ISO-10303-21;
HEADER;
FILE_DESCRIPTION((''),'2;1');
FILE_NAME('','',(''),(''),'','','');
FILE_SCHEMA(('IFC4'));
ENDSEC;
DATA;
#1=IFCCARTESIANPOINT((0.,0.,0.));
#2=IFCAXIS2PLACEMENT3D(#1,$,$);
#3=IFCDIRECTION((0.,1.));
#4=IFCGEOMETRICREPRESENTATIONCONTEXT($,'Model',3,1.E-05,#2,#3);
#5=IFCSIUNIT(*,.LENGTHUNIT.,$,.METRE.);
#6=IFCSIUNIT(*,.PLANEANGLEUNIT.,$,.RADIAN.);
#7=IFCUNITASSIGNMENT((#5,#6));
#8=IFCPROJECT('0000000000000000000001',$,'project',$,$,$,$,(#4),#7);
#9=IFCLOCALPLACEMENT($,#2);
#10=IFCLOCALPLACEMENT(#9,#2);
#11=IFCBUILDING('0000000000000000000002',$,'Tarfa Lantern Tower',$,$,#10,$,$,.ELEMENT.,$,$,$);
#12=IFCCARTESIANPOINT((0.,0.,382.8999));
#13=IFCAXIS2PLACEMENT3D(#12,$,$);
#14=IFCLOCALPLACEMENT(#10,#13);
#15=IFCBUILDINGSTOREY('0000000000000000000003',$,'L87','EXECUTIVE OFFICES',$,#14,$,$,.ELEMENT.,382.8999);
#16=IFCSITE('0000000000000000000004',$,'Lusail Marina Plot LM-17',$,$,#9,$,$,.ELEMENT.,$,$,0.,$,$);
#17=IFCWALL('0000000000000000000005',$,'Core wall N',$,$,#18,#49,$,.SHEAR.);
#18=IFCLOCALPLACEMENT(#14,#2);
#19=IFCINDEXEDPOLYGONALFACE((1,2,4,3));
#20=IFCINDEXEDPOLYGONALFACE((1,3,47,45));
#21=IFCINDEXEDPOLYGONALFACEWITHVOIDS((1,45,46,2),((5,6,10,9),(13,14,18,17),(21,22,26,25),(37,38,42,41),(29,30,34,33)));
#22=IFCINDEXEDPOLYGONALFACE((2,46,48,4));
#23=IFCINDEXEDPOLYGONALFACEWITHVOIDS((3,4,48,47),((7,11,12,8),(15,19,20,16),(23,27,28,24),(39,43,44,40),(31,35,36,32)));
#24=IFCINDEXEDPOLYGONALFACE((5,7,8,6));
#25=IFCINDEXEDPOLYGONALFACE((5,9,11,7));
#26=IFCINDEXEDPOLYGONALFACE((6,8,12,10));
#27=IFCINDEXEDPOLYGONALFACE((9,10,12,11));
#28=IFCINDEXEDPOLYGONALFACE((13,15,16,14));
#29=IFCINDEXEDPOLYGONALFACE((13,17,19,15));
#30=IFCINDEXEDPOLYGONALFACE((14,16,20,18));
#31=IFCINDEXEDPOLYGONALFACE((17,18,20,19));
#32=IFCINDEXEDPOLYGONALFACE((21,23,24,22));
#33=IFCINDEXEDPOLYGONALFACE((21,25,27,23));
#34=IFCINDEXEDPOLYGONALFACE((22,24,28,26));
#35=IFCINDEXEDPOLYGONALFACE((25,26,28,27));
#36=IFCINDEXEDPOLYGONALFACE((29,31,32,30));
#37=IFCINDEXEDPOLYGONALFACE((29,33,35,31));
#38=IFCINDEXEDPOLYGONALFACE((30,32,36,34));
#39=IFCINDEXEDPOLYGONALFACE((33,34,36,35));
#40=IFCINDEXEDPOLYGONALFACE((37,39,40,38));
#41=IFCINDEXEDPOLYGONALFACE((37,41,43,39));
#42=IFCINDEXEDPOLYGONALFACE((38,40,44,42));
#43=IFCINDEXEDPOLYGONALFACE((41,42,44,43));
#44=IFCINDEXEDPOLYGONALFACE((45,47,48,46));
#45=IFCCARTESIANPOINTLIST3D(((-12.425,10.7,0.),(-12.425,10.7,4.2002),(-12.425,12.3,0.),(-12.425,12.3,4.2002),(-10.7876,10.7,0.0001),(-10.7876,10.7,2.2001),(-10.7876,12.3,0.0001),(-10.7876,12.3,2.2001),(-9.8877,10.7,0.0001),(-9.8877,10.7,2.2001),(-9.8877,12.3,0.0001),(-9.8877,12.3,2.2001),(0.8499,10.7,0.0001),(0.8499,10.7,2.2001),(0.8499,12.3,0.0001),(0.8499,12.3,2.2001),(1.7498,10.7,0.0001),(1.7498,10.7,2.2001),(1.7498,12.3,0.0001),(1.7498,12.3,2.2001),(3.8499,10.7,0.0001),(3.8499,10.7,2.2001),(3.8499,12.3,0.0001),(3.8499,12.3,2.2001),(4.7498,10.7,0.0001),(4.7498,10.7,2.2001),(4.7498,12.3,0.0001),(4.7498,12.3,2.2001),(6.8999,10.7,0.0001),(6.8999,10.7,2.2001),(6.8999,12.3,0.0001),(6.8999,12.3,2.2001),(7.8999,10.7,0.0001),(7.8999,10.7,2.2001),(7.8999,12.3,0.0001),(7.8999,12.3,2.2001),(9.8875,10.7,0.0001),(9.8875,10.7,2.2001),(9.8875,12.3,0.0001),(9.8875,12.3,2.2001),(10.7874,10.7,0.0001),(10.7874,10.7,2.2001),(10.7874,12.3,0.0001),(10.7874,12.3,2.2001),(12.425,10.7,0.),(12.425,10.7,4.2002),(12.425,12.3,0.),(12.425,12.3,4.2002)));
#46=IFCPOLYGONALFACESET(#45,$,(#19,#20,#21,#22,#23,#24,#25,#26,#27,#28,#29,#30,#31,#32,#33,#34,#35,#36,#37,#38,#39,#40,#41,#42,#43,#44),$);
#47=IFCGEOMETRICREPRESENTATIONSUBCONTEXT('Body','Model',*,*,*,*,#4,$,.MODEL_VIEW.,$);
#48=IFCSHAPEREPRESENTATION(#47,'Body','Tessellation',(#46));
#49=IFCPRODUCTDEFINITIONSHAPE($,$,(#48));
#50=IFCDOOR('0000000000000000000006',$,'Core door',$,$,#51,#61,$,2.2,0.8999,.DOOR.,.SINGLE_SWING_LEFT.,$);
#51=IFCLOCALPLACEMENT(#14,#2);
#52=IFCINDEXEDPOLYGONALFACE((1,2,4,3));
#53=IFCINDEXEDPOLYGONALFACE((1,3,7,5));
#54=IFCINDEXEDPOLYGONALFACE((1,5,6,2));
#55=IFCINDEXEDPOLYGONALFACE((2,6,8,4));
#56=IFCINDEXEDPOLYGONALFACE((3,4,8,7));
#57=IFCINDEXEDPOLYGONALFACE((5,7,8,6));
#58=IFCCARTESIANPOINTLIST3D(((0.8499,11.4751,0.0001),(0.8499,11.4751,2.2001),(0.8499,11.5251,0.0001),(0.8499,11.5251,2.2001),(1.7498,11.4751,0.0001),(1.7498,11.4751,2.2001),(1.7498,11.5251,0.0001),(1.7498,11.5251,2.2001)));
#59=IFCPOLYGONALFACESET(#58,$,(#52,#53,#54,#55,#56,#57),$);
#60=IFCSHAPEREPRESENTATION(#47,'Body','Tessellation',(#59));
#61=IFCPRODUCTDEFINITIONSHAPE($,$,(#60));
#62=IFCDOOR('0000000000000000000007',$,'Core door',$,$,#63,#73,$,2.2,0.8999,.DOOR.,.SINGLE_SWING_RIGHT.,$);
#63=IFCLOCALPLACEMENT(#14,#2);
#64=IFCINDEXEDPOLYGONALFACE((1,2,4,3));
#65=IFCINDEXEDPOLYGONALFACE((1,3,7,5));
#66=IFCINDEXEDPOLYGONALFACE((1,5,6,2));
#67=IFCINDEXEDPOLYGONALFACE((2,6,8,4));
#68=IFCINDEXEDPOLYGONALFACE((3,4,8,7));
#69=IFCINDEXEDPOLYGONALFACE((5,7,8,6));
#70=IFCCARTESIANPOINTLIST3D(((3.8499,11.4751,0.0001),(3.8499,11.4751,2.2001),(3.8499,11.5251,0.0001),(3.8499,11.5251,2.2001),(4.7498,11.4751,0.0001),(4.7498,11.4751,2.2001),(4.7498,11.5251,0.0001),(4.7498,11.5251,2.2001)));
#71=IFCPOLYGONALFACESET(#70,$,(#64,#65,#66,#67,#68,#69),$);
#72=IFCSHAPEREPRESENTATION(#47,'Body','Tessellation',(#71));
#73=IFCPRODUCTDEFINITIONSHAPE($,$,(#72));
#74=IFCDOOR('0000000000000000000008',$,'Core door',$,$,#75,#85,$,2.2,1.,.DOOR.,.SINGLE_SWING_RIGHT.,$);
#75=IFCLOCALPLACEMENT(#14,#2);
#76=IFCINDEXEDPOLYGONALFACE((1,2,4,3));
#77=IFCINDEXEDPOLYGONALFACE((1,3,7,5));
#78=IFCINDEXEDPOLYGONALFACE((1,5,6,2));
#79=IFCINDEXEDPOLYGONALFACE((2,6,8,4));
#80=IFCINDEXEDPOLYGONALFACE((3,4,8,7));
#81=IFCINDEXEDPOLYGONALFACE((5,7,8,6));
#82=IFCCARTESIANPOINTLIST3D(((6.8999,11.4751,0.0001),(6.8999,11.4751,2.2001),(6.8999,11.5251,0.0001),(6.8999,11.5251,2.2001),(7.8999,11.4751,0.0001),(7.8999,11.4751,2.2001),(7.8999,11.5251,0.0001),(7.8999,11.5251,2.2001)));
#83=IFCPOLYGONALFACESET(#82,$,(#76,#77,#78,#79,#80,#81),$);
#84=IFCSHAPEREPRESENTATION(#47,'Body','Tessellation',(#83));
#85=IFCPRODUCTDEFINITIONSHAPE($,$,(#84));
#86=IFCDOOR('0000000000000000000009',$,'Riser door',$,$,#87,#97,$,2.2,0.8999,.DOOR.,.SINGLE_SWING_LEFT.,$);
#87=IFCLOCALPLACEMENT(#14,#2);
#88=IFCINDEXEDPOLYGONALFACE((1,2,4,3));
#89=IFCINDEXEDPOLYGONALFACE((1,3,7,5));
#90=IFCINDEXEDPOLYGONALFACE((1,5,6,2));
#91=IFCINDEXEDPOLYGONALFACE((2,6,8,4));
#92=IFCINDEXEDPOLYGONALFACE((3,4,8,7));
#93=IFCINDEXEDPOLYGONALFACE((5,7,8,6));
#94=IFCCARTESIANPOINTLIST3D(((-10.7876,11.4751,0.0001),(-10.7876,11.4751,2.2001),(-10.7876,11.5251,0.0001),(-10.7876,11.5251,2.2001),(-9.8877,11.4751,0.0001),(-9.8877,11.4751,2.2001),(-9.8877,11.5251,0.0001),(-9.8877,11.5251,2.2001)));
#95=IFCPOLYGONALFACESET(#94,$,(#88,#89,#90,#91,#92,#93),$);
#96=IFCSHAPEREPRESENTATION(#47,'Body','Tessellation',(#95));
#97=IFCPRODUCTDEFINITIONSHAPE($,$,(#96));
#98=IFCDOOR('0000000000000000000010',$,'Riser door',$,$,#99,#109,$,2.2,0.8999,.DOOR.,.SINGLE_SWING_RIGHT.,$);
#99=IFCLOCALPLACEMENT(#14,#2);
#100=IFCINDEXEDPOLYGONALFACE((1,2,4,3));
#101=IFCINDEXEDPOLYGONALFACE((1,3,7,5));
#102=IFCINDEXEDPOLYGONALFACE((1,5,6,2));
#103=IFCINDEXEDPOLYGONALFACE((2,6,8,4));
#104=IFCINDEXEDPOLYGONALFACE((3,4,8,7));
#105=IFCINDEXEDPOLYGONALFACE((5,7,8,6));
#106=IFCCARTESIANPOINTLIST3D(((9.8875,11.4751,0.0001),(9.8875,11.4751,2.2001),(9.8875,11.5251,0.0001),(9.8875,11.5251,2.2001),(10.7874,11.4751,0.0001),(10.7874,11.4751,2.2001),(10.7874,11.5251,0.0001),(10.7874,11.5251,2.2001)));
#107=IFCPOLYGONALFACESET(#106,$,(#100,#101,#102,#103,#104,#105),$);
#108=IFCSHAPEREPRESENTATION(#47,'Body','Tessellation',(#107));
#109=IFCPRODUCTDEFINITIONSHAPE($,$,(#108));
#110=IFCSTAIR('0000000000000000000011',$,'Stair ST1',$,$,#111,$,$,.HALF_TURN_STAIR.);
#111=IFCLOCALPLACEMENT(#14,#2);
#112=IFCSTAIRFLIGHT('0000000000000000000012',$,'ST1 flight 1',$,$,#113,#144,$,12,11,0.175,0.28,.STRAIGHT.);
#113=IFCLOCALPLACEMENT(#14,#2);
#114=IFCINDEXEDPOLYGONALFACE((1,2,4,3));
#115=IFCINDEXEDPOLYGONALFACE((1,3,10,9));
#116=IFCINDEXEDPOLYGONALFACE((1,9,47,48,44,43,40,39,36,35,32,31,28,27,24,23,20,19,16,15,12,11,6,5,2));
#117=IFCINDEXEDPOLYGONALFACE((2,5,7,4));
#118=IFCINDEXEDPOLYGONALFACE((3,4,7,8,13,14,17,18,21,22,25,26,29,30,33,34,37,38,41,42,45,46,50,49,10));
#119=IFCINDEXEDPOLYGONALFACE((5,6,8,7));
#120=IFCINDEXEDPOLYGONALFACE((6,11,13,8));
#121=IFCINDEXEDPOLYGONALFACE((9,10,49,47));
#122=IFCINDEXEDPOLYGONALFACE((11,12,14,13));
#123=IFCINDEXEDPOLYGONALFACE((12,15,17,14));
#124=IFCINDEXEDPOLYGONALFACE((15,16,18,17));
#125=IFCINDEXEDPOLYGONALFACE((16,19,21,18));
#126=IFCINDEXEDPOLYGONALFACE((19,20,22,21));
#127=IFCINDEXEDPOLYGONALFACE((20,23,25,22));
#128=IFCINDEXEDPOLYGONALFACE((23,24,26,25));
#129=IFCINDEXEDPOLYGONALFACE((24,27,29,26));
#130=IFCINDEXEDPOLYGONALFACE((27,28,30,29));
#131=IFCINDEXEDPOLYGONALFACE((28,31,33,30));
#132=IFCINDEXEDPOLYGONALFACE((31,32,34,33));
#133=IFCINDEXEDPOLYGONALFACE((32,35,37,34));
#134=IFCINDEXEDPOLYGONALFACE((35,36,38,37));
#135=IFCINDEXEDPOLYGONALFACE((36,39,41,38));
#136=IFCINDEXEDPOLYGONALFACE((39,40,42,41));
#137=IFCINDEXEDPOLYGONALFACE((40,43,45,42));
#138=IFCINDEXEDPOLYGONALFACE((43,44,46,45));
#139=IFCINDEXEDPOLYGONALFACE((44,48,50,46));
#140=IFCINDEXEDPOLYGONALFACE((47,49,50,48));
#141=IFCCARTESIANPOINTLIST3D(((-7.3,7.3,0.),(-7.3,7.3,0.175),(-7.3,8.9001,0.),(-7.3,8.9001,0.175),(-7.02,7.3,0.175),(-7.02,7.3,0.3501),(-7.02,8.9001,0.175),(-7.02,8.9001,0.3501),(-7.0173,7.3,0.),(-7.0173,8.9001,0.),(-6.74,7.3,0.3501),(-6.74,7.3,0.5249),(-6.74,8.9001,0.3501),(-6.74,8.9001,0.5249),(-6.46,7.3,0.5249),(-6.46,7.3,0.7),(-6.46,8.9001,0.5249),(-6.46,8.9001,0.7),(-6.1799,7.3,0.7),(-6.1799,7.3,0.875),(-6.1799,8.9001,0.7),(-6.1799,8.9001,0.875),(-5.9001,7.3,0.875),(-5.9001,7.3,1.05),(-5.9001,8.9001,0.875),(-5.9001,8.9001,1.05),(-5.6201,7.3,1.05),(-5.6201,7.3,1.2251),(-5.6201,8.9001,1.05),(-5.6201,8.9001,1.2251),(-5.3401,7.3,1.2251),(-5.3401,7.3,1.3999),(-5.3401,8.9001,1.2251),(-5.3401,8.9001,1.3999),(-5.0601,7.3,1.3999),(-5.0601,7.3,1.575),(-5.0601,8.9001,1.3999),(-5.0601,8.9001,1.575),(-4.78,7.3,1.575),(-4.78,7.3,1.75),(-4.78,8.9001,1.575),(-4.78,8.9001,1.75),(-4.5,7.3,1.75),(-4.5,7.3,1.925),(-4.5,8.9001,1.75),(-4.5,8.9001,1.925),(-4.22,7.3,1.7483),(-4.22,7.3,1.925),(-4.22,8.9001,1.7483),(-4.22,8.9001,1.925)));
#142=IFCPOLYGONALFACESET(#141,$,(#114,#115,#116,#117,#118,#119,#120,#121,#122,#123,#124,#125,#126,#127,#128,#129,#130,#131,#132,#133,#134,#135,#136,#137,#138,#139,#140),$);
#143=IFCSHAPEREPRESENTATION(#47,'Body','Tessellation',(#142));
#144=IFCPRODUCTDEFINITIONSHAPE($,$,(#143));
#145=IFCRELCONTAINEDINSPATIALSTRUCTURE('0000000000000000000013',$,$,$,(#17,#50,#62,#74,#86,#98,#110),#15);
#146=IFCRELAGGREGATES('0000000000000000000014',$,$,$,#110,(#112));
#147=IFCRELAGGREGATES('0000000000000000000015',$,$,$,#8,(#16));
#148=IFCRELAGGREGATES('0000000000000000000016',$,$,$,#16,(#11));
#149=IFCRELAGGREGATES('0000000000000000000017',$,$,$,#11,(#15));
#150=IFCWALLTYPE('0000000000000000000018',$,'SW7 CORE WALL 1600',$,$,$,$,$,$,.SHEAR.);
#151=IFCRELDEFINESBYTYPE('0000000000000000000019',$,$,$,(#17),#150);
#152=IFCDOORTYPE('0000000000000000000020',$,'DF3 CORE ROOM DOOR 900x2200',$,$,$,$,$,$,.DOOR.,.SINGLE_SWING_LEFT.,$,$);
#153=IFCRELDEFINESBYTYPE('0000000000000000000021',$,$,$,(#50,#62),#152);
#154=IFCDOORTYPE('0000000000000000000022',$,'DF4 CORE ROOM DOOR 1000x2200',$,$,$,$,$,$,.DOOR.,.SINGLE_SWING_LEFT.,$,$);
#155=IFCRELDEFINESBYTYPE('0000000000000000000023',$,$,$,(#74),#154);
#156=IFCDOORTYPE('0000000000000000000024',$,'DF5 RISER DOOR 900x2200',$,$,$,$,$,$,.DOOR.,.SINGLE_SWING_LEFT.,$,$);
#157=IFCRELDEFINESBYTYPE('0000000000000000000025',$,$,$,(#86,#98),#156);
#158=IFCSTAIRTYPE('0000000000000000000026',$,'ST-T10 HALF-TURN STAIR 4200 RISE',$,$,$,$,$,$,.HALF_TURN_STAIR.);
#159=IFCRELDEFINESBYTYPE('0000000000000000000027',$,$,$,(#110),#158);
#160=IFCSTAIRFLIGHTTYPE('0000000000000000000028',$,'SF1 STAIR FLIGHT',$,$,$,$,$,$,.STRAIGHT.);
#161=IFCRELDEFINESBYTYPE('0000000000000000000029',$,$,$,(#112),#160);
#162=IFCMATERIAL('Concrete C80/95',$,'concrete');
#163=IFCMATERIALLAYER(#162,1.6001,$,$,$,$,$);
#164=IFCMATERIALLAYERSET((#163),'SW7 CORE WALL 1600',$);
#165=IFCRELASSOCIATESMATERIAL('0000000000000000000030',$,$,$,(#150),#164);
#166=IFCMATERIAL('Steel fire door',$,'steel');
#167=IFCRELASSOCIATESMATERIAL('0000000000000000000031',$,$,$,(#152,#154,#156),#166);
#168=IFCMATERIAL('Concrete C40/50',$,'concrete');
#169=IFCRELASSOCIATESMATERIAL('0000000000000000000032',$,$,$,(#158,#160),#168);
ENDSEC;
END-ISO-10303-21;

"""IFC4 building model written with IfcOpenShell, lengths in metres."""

from ifc_helpers import new_model, si_unit, direction, frame, frame_2d, origin, place, context, subcontext, project, spatial, polyline, rectangle, outline, extrude, material, layer, layer_set, type_object, element, fill, aggregate, save


model = new_model("IFC4")

# Units and contexts
model_context = context("Model", 3, precision=1e-05, world=origin(), true_north=direction((0.0, 1.0)))
body_context = subcontext(model_context, "Body", "Model", "MODEL_VIEW")
ifc_project = project(units=[si_unit("LENGTHUNIT", "METRE"), si_unit("PLANEANGLEUNIT", "RADIAN")], contexts=[model_context])

# Site, building, storey
site_placement = place(None, origin())
site = spatial("IfcSite", under=ifc_project, at=site_placement, Name="Lusail Marina Plot LM-17", CompositionType="ELEMENT", RefElevation=0.0)
building_placement = place(site_placement, origin())
building = spatial("IfcBuilding", under=site, at=building_placement, Name="Tarfa Lantern Tower", CompositionType="ELEMENT")
storey_placement = place(building_placement, frame((0.0, 0.0, 382.8999)))
storey = spatial("IfcBuildingStorey", under=building, at=storey_placement, Name="L87", Description="EXECUTIVE OFFICES", CompositionType="ELEMENT", Elevation=382.8999)

# Shared definitions
ifc_material_1 = material(Name="Concrete C80/95", Category="concrete")
ifc_material_2 = material(Name="Steel fire door", Category="steel")

# Wall, openings, doors
ifc_layer_1 = layer(ifc_material_1, 1.6001)
ifc_layer_set_1 = layer_set([ifc_layer_1], Name="SW7 CORE WALL 1600")
wall_type_1 = type_object("IfcWallType", Name="SW7 CORE WALL 1600", PredefinedType="SHEAR", material=ifc_layer_set_1)
wall_1_placement = place(storey_placement, frame((-12.425, 11.5, 0.0), z_axis=(0.0, 0.0, 1.0), x_axis=(1.0, 0.0, 0.0)))
wall_1 = element("IfcWall", 1, at=wall_1_placement, inside=storey, type_object=wall_type_1, Name="Core wall N", PredefinedType="SHEAR", context=body_context, shape_type="SweptSolid", body=[
    extrude(rectangle(XDim=24.8501, YDim=1.6001, at=frame_2d((12.425, 0.0))), origin(), (0.0, 0.0, 1.0), 4.2002),
])
opening_1_placement = place(wall_1_placement, frame((13.2749, 0.0, 0.0)))
opening_1 = element("IfcOpeningElement", 2, at=opening_1_placement, cuts=wall_1, PredefinedType="OPENING", context=body_context, shape_type="SweptSolid", body=[
    extrude(rectangle(XDim=0.8999, YDim=2.2, at=frame_2d((0.45, 1.1001))), frame((0.0, 0.8101, 0.0), z_axis=(0.0, -1.0, 0.0), x_axis=(1.0, 0.0, 0.0)), (0.0, 0.0, 1.0), 1.6201),
])
opening_2_placement = place(wall_1_placement, frame((16.2749, 0.0, 0.0)))
opening_2 = element("IfcOpeningElement", 3, at=opening_2_placement, cuts=wall_1, PredefinedType="OPENING", context=body_context, shape_type="SweptSolid", body=[
    extrude(rectangle(XDim=0.8999, YDim=2.2, at=frame_2d((0.45, 1.1001))), frame((0.0, 0.8101, 0.0), z_axis=(0.0, -1.0, 0.0), x_axis=(1.0, 0.0, 0.0)), (0.0, 0.0, 1.0), 1.6201),
])
opening_3_placement = place(wall_1_placement, frame((19.325, 0.0, 0.0)))
opening_3 = element("IfcOpeningElement", 4, at=opening_3_placement, cuts=wall_1, PredefinedType="OPENING", context=body_context, shape_type="SweptSolid", body=[
    extrude(rectangle(XDim=1.0, YDim=2.2, at=frame_2d((0.5, 1.1001))), frame((0.0, 0.8101, 0.0), z_axis=(0.0, -1.0, 0.0), x_axis=(1.0, 0.0, 0.0)), (0.0, 0.0, 1.0), 1.6201),
])
opening_4_placement = place(wall_1_placement, frame((1.6375, 0.0, 0.0)))
opening_4 = element("IfcOpeningElement", 5, at=opening_4_placement, cuts=wall_1, PredefinedType="OPENING", context=body_context, shape_type="SweptSolid", body=[
    extrude(rectangle(XDim=0.8999, YDim=2.2, at=frame_2d((0.45, 1.1001))), frame((0.0, 0.8101, 0.0), z_axis=(0.0, -1.0, 0.0), x_axis=(1.0, 0.0, 0.0)), (0.0, 0.0, 1.0), 1.6201),
])
opening_5_placement = place(wall_1_placement, frame((22.3125, 0.0, 0.0)))
opening_5 = element("IfcOpeningElement", 6, at=opening_5_placement, cuts=wall_1, PredefinedType="OPENING", context=body_context, shape_type="SweptSolid", body=[
    extrude(rectangle(XDim=0.8999, YDim=2.2, at=frame_2d((0.45, 1.1001))), frame((0.0, 0.8101, 0.0), z_axis=(0.0, -1.0, 0.0), x_axis=(1.0, 0.0, 0.0)), (0.0, 0.0, 1.0), 1.6201),
])
door_type_1 = type_object("IfcDoorType", Name="DF3 CORE ROOM DOOR 900x2200", OperationType="SINGLE_SWING_LEFT", PredefinedType="DOOR", material=ifc_material_2)
door_1_placement = place(opening_1_placement, frame((0.8999, 0.0, 0.0), z_axis=(0.0, 0.0, 1.0), x_axis=(-1.0, 0.0, 0.0)))
door_1 = element("IfcDoor", 7, at=door_1_placement, inside=storey, type_object=door_type_1, Name="Core door", OperationType="SINGLE_SWING_LEFT", OverallHeight=2.2, OverallWidth=0.8999, PredefinedType="DOOR", context=body_context, shape_type="SweptSolid", body=[
    extrude(rectangle(XDim=0.8999, YDim=2.2, at=frame_2d((0.45, 1.1001))), frame((0.0, 0.0249, 0.0), z_axis=(0.0, -1.0, 0.0), x_axis=(1.0, 0.0, 0.0)), (0.0, 0.0, 1.0), 0.05),
])
fill(opening_1, door_1)
door_2_placement = place(opening_2_placement, frame((0.8999, 0.0, 0.0), z_axis=(0.0, 0.0, 1.0), x_axis=(-1.0, 0.0, 0.0)))
door_2 = element("IfcDoor", 8, at=door_2_placement, inside=storey, type_object=door_type_1, Name="Core door", OperationType="SINGLE_SWING_RIGHT", OverallHeight=2.2, OverallWidth=0.8999, PredefinedType="DOOR", context=body_context, shape_type="SweptSolid", body=[
    extrude(rectangle(XDim=0.8999, YDim=2.2, at=frame_2d((0.45, 1.1001))), frame((0.0, 0.0249, 0.0), z_axis=(0.0, -1.0, 0.0), x_axis=(1.0, 0.0, 0.0)), (0.0, 0.0, 1.0), 0.05),
])
fill(opening_2, door_2)
door_type_2 = type_object("IfcDoorType", Name="DF4 CORE ROOM DOOR 1000x2200", OperationType="SINGLE_SWING_LEFT", PredefinedType="DOOR", material=ifc_material_2)
door_3_placement = place(opening_3_placement, frame((1.0, 0.0, 0.0), z_axis=(0.0, 0.0, 1.0), x_axis=(-1.0, 0.0, 0.0)))
door_3 = element("IfcDoor", 9, at=door_3_placement, inside=storey, type_object=door_type_2, Name="Core door", OperationType="SINGLE_SWING_RIGHT", OverallHeight=2.2, OverallWidth=1.0, PredefinedType="DOOR", context=body_context, shape_type="SweptSolid", body=[
    extrude(rectangle(XDim=1.0, YDim=2.2, at=frame_2d((0.5, 1.1001))), frame((0.0, 0.0249, 0.0), z_axis=(0.0, -1.0, 0.0), x_axis=(1.0, 0.0, 0.0)), (0.0, 0.0, 1.0), 0.05),
])
fill(opening_3, door_3)
door_type_3 = type_object("IfcDoorType", Name="DF5 RISER DOOR 900x2200", OperationType="SINGLE_SWING_LEFT", PredefinedType="DOOR", material=ifc_material_2)
door_4_placement = place(opening_4_placement, frame((0.8999, 0.0, 0.0), z_axis=(0.0, 0.0, 1.0), x_axis=(-1.0, 0.0, 0.0)))
door_4 = element("IfcDoor", 10, at=door_4_placement, inside=storey, type_object=door_type_3, Name="Riser door", OperationType="SINGLE_SWING_LEFT", OverallHeight=2.2, OverallWidth=0.8999, PredefinedType="DOOR", context=body_context, shape_type="SweptSolid", body=[
    extrude(rectangle(XDim=0.8999, YDim=2.2, at=frame_2d((0.45, 1.1001))), frame((0.0, 0.0249, 0.0), z_axis=(0.0, -1.0, 0.0), x_axis=(1.0, 0.0, 0.0)), (0.0, 0.0, 1.0), 0.05),
])
fill(opening_4, door_4)
door_5_placement = place(opening_5_placement, frame((0.8999, 0.0, 0.0), z_axis=(0.0, 0.0, 1.0), x_axis=(-1.0, 0.0, 0.0)))
door_5 = element("IfcDoor", 11, at=door_5_placement, inside=storey, type_object=door_type_3, Name="Riser door", OperationType="SINGLE_SWING_RIGHT", OverallHeight=2.2, OverallWidth=0.8999, PredefinedType="DOOR", context=body_context, shape_type="SweptSolid", body=[
    extrude(rectangle(XDim=0.8999, YDim=2.2, at=frame_2d((0.45, 1.1001))), frame((0.0, 0.0249, 0.0), z_axis=(0.0, -1.0, 0.0), x_axis=(1.0, 0.0, 0.0)), (0.0, 0.0, 1.0), 0.05),
])
fill(opening_5, door_5)

# Stair, stair flight
ifc_material_3 = material(Name="Concrete C40/50", Category="concrete")
stair_type = type_object("IfcStairType", Name="ST-T10 HALF-TURN STAIR 4200 RISE", PredefinedType="HALF_TURN_STAIR", material=ifc_material_3)
stair_placement = place(storey_placement, origin())
stair = element("IfcStair", 12, at=stair_placement, inside=storey, type_object=stair_type, Name="Stair ST1", PredefinedType="HALF_TURN_STAIR")
stair_flight_type = type_object("IfcStairFlightType", Name="SF1 STAIR FLIGHT", PredefinedType="STRAIGHT", material=ifc_material_3)
stair_flight_1_placement = place(storey_placement, frame((-7.3, 8.1001, 0.0), z_axis=(0.0, 0.0, 1.0), x_axis=(1.0, 0.0, 0.0)))
stair_flight_1 = element("IfcStairFlight", 13, at=stair_flight_1_placement, type_object=stair_flight_type, Name="ST1 flight 1", NumberOfRisers=12, NumberOfTreads=11, PredefinedType="STRAIGHT", RiserHeight=0.175, TreadLength=0.28, context=body_context, shape_type="SweptSolid", body=[
    extrude(outline(polyline([(0.0, 0.0), (0.0, 0.175), (0.28, 0.175), (0.28, 0.3501), (0.5601, 0.3501), (0.5601, 0.5249), (0.8401, 0.5249), (0.8401, 0.7), (1.1201, 0.7), (1.1201, 0.875), (1.3999, 0.875), (1.3999, 1.05), (1.6799, 1.05), (1.6799, 1.2251), (1.96, 1.2251), (1.96, 1.3999), (2.24, 1.3999), (2.24, 1.575), (2.52, 1.575), (2.52, 1.75), (2.8, 1.75), (2.8, 1.925), (3.0801, 1.925), (3.0801, 2.1001), (3.0801, 1.7483), (0.2827, 0.0), (0.0, 0.0)])), frame((0.0, 0.8, 0.0), z_axis=(0.0, -1.0, 0.0), x_axis=(1.0, 0.0, 0.0)), (0.0, 0.0, 1.0), 1.6001),
])
aggregate(stair, [stair_flight_1])

save(model, "model.ifc")
